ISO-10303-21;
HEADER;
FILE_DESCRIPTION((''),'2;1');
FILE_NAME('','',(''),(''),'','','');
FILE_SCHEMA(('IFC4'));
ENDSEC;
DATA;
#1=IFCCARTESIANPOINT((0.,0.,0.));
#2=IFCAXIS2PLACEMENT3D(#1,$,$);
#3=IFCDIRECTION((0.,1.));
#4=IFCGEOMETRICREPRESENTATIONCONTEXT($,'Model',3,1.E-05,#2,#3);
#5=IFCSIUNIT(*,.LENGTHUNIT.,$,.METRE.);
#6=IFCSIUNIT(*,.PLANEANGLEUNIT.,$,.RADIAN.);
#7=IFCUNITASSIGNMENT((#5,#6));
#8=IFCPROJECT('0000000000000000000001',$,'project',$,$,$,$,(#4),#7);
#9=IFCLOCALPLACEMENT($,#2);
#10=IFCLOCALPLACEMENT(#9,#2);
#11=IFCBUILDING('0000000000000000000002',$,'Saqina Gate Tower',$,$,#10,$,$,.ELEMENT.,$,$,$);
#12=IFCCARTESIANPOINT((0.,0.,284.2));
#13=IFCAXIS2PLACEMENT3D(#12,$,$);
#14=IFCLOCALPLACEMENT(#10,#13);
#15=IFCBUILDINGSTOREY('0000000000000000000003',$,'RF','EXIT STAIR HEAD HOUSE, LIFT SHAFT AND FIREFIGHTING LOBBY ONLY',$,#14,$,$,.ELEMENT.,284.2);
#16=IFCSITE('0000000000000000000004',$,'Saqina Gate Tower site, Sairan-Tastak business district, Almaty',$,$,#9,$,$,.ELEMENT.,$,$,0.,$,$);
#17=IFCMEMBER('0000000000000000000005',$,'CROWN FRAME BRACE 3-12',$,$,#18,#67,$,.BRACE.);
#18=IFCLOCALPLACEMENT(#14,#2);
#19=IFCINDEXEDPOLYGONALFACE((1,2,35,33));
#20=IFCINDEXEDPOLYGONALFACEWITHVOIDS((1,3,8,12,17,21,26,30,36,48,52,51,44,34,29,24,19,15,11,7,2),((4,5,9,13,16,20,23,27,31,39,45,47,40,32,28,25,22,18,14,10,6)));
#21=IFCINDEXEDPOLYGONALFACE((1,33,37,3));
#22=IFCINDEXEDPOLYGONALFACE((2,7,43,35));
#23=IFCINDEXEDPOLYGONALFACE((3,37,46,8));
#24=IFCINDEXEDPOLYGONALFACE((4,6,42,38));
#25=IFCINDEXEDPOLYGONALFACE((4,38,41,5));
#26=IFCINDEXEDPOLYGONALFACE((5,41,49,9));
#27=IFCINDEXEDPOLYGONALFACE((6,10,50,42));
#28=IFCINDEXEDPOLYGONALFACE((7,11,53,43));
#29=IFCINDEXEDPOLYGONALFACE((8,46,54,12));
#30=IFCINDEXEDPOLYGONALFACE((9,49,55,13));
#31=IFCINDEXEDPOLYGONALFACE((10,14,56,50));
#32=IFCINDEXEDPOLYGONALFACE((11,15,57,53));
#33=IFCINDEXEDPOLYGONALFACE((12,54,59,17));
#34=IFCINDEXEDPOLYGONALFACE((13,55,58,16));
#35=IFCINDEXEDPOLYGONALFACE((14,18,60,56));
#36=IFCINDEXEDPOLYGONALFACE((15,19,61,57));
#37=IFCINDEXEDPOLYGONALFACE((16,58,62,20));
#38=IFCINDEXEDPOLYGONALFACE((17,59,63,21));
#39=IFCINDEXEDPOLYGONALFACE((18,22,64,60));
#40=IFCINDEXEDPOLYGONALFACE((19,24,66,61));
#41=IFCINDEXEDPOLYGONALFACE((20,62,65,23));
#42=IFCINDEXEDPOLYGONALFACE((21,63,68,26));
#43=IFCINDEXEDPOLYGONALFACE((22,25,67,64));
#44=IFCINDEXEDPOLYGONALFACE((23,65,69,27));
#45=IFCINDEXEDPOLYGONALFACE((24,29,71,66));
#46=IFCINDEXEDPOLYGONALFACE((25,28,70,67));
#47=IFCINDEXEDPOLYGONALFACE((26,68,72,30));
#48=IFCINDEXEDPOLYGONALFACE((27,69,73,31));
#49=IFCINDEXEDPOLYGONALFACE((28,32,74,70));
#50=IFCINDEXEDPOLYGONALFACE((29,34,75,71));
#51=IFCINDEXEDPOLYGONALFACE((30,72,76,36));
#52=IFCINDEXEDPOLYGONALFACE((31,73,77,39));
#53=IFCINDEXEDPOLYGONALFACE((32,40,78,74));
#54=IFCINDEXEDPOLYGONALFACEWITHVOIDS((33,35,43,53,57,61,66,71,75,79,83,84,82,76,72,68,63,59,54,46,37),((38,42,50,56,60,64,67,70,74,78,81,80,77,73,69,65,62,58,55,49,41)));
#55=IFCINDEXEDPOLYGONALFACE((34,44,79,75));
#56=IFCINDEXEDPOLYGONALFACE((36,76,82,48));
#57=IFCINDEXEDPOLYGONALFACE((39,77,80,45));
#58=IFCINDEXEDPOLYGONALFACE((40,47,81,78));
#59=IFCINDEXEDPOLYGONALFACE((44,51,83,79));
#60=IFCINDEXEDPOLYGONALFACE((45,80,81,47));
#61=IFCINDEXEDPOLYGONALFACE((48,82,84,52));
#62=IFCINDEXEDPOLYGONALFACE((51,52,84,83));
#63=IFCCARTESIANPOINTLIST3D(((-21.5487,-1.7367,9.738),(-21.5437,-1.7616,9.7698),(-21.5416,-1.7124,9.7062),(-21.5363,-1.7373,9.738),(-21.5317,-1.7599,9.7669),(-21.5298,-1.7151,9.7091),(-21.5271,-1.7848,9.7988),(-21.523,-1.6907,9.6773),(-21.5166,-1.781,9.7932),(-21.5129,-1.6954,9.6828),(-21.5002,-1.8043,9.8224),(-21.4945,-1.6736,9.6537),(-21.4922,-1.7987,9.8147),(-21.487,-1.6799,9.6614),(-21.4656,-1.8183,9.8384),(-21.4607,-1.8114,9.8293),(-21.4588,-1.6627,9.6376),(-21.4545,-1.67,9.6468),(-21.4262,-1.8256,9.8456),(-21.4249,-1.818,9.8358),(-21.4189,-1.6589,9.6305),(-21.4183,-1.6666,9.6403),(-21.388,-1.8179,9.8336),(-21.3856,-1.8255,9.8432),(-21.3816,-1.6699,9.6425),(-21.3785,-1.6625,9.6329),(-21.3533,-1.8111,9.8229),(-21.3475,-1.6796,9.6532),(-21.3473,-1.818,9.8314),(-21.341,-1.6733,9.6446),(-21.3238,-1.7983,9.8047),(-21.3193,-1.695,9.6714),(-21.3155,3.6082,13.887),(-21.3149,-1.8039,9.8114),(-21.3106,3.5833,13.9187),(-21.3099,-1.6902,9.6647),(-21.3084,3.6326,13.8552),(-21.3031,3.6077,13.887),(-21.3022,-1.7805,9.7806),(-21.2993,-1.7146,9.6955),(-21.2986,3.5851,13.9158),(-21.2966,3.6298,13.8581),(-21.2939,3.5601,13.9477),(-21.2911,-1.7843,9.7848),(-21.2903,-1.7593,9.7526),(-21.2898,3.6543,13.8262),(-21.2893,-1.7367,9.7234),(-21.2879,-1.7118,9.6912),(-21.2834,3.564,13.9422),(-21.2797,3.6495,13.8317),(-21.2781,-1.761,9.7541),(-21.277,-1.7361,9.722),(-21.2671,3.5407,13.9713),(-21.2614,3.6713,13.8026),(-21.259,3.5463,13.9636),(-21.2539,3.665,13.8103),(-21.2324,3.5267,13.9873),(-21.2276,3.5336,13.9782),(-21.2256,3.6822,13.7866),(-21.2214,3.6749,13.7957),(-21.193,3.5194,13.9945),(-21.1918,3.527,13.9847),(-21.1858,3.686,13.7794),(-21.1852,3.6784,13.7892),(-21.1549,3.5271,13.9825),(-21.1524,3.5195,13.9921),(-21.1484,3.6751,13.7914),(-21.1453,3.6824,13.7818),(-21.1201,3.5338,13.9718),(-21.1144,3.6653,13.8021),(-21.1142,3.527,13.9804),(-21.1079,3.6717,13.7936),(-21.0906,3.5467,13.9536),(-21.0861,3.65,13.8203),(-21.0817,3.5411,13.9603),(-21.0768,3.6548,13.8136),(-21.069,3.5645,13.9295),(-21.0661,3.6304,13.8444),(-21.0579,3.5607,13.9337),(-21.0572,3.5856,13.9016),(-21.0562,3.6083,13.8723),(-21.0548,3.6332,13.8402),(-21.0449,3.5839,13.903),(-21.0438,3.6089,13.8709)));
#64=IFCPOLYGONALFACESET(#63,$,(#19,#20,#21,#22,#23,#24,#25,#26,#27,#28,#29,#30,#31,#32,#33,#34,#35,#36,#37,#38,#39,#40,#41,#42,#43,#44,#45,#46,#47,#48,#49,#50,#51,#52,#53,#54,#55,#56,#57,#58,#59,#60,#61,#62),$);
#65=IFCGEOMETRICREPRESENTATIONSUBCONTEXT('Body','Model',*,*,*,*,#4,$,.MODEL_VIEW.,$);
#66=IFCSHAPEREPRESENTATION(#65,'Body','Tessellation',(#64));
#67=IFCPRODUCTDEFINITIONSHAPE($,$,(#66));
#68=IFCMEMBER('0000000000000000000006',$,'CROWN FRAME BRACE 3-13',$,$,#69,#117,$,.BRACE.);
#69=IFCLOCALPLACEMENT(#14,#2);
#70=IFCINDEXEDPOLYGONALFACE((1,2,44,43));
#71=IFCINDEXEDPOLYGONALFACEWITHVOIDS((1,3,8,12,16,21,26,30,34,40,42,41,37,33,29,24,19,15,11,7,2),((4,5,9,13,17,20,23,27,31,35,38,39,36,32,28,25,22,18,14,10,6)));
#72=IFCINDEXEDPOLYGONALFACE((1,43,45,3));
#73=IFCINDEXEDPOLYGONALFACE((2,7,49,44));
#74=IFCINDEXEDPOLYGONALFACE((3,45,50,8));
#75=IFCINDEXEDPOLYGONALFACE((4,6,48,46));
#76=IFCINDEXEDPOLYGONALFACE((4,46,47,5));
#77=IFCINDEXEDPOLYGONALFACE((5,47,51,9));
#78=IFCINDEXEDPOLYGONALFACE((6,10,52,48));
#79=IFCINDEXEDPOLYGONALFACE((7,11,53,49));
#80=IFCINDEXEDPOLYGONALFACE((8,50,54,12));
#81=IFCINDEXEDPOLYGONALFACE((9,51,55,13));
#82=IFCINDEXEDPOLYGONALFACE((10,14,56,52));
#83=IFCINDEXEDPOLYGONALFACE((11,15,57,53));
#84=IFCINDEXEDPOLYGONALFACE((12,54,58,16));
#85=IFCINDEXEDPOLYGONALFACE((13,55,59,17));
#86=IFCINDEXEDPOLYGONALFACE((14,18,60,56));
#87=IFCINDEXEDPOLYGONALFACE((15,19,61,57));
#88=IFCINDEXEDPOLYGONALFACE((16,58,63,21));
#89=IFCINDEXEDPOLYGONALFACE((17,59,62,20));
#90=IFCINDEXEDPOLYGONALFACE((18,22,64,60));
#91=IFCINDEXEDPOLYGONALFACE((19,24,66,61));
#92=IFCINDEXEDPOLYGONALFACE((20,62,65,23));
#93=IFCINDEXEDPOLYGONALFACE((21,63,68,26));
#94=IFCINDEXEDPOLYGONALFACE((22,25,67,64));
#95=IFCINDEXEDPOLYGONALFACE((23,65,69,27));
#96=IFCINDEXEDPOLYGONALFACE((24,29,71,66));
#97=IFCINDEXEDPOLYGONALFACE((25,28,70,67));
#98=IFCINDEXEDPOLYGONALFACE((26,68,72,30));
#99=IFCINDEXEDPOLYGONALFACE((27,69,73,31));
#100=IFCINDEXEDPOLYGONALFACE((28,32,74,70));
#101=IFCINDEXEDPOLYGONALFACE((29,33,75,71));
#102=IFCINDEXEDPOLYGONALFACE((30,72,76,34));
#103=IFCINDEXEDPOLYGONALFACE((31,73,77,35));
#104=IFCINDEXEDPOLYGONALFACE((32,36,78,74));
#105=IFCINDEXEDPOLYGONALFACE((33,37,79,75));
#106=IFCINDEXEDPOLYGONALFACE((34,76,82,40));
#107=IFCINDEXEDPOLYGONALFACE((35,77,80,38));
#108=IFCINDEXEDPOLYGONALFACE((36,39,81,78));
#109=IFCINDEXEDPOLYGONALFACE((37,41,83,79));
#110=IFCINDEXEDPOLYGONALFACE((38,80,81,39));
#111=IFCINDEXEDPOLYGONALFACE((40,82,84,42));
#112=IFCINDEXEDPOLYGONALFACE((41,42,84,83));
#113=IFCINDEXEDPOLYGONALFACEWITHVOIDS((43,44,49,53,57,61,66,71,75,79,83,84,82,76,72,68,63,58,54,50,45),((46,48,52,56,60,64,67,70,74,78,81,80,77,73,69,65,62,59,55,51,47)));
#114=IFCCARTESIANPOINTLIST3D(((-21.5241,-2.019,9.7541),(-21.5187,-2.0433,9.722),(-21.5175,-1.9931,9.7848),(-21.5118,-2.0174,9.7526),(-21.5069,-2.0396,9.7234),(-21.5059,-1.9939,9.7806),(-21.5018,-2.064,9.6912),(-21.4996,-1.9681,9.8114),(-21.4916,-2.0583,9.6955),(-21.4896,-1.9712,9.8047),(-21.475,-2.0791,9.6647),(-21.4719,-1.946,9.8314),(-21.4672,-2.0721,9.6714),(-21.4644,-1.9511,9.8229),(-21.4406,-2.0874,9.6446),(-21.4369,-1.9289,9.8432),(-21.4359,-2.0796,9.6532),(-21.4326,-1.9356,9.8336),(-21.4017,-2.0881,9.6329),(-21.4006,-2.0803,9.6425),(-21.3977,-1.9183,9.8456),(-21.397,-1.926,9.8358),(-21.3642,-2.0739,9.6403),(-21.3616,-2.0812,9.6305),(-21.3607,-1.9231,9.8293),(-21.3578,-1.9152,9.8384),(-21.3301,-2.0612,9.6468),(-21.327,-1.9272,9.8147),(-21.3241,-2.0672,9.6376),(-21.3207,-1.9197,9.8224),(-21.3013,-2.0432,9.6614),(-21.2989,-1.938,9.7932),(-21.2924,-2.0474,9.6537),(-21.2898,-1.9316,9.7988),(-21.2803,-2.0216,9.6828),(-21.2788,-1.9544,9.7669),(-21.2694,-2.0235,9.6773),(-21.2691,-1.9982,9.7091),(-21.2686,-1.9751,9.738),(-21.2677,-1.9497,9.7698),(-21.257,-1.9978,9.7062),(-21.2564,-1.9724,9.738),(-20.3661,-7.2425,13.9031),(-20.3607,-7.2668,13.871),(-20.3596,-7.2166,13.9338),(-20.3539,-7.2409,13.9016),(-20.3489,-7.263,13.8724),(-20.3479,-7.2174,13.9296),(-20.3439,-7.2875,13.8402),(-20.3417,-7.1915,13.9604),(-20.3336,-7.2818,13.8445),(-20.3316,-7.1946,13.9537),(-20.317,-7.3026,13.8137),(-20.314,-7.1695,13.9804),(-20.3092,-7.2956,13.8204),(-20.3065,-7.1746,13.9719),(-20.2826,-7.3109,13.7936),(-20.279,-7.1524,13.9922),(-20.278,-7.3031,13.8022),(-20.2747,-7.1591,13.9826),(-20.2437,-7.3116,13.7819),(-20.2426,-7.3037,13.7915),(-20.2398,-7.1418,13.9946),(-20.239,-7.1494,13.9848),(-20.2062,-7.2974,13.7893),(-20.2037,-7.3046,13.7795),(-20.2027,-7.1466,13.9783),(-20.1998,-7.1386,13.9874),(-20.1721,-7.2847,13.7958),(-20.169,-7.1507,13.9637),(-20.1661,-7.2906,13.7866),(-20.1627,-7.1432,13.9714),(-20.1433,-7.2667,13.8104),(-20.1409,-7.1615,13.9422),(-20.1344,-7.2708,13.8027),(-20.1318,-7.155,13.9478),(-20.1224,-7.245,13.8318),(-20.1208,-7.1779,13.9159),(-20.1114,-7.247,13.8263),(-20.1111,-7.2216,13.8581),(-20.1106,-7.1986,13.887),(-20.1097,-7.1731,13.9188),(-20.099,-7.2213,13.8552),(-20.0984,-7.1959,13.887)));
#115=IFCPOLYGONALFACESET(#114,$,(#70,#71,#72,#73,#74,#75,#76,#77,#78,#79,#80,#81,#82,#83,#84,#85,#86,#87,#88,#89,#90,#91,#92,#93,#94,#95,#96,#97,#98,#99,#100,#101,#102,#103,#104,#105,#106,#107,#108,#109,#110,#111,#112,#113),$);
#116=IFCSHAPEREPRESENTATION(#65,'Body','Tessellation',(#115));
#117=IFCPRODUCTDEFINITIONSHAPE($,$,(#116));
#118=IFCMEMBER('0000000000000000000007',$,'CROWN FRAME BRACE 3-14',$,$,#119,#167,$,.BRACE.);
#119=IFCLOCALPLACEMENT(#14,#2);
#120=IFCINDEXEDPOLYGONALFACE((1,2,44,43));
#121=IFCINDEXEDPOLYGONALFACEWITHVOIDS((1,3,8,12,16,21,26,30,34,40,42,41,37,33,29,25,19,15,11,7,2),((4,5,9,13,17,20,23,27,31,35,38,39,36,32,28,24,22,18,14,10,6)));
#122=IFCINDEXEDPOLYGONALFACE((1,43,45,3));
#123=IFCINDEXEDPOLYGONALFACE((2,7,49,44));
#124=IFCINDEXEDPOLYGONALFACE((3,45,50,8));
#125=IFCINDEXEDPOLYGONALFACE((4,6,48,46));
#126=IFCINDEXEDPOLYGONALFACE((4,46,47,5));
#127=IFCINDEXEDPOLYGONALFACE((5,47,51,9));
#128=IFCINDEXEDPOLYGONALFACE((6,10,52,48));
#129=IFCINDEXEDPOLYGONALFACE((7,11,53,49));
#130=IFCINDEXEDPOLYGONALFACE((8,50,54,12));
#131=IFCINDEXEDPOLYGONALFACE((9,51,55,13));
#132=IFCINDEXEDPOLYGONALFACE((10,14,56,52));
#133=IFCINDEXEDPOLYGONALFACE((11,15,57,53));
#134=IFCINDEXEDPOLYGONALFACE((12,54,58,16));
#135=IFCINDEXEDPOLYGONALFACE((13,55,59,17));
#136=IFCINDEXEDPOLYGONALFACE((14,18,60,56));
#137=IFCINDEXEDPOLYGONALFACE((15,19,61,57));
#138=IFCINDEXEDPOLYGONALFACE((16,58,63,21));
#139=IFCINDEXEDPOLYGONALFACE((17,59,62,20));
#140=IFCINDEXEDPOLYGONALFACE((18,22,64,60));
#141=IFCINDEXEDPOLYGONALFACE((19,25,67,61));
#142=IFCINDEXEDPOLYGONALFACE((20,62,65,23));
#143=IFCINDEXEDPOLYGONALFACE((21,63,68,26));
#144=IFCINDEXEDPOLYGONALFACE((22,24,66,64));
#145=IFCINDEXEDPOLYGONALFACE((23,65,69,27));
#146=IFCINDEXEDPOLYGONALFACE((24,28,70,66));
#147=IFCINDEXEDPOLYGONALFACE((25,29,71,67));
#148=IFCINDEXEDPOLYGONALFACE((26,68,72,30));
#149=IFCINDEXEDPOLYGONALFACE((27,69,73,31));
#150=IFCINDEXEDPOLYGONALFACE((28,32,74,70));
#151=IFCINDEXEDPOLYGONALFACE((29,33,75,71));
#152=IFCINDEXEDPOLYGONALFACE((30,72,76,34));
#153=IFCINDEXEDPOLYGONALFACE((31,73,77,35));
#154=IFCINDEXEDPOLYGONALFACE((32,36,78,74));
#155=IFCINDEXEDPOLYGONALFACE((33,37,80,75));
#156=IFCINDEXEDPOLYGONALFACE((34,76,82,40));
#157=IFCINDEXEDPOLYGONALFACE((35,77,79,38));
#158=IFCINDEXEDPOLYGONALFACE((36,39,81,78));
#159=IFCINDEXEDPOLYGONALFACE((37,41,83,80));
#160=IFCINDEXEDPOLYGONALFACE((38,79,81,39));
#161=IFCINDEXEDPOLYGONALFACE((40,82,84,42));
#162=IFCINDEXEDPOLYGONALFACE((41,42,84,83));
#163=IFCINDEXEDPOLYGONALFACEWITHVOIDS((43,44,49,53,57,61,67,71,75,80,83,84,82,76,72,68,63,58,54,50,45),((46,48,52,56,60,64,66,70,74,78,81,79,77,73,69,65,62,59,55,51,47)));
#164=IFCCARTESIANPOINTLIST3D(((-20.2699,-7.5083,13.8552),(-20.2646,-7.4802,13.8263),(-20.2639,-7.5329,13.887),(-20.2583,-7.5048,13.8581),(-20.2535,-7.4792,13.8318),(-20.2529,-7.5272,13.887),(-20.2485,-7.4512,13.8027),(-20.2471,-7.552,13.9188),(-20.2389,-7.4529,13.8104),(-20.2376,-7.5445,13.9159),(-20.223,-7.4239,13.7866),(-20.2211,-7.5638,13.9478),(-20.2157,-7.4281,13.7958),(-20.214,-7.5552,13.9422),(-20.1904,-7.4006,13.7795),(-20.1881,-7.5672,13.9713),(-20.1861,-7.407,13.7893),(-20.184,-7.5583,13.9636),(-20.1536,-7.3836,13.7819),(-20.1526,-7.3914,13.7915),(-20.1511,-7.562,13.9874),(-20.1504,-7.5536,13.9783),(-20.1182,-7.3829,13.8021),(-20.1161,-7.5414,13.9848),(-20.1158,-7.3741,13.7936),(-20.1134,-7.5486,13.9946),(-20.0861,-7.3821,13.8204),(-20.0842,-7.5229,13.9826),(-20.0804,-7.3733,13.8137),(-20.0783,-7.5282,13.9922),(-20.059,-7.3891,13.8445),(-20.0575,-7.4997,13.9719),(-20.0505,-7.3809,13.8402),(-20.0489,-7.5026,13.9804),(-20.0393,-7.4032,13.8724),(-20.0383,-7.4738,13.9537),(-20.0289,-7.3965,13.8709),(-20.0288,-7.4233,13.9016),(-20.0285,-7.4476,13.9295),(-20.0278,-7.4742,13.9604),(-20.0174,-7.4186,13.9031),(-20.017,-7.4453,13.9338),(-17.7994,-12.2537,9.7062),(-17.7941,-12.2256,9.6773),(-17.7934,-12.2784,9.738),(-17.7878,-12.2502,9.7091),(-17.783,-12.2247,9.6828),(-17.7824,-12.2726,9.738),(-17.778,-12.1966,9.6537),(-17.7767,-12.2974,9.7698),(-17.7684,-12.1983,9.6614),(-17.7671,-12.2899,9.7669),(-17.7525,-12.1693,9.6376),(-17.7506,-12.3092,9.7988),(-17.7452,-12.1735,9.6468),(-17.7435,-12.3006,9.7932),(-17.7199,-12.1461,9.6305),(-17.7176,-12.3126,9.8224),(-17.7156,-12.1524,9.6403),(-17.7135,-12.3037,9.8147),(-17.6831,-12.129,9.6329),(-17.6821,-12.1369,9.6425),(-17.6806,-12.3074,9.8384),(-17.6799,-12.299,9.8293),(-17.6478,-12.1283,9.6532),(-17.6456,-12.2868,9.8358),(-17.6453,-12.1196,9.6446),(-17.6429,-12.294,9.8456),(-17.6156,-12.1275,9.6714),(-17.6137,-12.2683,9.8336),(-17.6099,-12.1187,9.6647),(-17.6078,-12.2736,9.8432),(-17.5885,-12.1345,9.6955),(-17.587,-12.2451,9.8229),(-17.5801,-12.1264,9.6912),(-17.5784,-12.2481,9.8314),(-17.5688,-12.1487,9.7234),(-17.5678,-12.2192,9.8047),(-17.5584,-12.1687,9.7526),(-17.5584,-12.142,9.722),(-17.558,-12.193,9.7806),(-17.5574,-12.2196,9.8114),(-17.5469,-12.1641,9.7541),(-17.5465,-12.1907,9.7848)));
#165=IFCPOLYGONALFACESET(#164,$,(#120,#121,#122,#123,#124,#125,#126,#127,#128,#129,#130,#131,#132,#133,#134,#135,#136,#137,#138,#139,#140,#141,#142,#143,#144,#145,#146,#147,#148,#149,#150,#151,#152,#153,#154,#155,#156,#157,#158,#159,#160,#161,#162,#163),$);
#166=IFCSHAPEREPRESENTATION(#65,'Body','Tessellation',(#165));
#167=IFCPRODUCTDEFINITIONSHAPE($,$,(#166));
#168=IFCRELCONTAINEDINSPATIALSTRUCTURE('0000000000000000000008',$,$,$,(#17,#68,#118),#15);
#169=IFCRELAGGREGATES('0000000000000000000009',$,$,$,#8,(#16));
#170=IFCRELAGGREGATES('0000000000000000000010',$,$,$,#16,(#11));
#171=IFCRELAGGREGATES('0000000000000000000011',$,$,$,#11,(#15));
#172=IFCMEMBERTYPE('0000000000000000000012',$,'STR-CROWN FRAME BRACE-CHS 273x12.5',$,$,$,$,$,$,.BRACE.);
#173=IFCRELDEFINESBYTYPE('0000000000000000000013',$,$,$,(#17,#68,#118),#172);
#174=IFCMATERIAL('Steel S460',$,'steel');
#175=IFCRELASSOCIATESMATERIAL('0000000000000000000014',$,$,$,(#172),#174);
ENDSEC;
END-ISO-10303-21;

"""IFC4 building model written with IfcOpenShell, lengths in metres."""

from ifc_helpers import new_model, si_unit, direction, frame, origin, origin_2d, place, context, subcontext, project, spatial, hollow_circle, extrude, material, material_profile, profile_set, type_object, element, save


model = new_model("IFC4")

# Units and contexts
model_context = context("Model", 3, precision=1e-05, world=origin(), true_north=direction((0.0, 1.0)))
body_context = subcontext(model_context, "Body", "Model", "MODEL_VIEW")
ifc_project = project(units=[si_unit("LENGTHUNIT", "METRE"), si_unit("PLANEANGLEUNIT", "RADIAN")], contexts=[model_context])

# Site, building, storey
site_placement = place(None, origin())
site = spatial("IfcSite", under=ifc_project, at=site_placement, Name="Saqina Gate Tower site, Sairan-Tastak business district, Almaty", CompositionType="ELEMENT", RefElevation=0.0)
building_placement = place(site_placement, origin())
building = spatial("IfcBuilding", under=site, at=building_placement, Name="Saqina Gate Tower", CompositionType="ELEMENT")
storey_placement = place(building_placement, frame((0.0, 0.0, 284.2)))
storey = spatial("IfcBuildingStorey", under=building, at=storey_placement, Name="RF", Description="EXIT STAIR HEAD HOUSE, LIFT SHAFT AND FIREFIGHTING LOBBY ONLY", CompositionType="ELEMENT", Elevation=284.2)

# Members
ifc_material_1 = material(Name="Steel S460", Category="steel")
ifc_material_profile_1 = material_profile(ifc_material_1, hollow_circle(Radius=0.1365, WallThickness=0.0125, at=origin_2d()), Name="CHS 273x12.5")
ifc_profile_set_1 = profile_set([ifc_material_profile_1], Name="Steel S460")
member_type = type_object("IfcMemberType", Name="STR-CROWN FRAME BRACE-CHS 273x12.5", PredefinedType="BRACE", material=ifc_profile_set_1)
for number, where, z_axis, x_axis, name in (
    (1, (-21.4124, -1.7427, 9.738), (0.034438, 0.789476, 0.612815), (-0.99905, 0.04358, 0.0), "CROWN FRAME BRACE 3-12"),
):
    element("IfcMember", number, at=place(storey_placement, frame(where, z_axis=z_axis, x_axis=x_axis)), inside=storey, type_object=member_type, Name=name, PredefinedType="BRACE", context=body_context, shape_type="SweptSolid", body=[
        extrude(hollow_circle(Radius=0.1365, WallThickness=0.0125, at=origin_2d()), origin(), (0.0, 0.0, 1.0), 6.7703),
    ])
member_1_placement = place(storey_placement, frame((-21.3896, -2.002, 9.738), z_axis=(0.171033, -0.771504, 0.612804), x_axis=(0.976298, 0.216433, 0.0)))
element("IfcMember", 2, at=member_1_placement, inside=storey, type_object=member_type, Name="CROWN FRAME BRACE 3-13", PredefinedType="BRACE", context=body_context, shape_type="SweptSolid", body=[
    extrude(hollow_circle(Radius=0.1365, WallThickness=0.0125, at=origin_2d()), origin(), (0.0, 0.0, 1.0), 6.7705),
])
member_2_placement = place(storey_placement, frame((-17.6724, -12.2153, 9.738), z_axis=(-0.364904, 0.700922, 0.612824), x_axis=(-0.886997, -0.461775, 0.0)))
element("IfcMember", 3, at=member_2_placement, inside=storey, type_object=member_type, Name="CROWN FRAME BRACE 3-14", PredefinedType="BRACE", context=body_context, shape_type="SweptSolid", body=[
    extrude(hollow_circle(Radius=0.1365, WallThickness=0.0125, at=origin_2d()), origin(), (0.0, 0.0, 1.0), 6.7703),
])

save(model, "model.ifc")
